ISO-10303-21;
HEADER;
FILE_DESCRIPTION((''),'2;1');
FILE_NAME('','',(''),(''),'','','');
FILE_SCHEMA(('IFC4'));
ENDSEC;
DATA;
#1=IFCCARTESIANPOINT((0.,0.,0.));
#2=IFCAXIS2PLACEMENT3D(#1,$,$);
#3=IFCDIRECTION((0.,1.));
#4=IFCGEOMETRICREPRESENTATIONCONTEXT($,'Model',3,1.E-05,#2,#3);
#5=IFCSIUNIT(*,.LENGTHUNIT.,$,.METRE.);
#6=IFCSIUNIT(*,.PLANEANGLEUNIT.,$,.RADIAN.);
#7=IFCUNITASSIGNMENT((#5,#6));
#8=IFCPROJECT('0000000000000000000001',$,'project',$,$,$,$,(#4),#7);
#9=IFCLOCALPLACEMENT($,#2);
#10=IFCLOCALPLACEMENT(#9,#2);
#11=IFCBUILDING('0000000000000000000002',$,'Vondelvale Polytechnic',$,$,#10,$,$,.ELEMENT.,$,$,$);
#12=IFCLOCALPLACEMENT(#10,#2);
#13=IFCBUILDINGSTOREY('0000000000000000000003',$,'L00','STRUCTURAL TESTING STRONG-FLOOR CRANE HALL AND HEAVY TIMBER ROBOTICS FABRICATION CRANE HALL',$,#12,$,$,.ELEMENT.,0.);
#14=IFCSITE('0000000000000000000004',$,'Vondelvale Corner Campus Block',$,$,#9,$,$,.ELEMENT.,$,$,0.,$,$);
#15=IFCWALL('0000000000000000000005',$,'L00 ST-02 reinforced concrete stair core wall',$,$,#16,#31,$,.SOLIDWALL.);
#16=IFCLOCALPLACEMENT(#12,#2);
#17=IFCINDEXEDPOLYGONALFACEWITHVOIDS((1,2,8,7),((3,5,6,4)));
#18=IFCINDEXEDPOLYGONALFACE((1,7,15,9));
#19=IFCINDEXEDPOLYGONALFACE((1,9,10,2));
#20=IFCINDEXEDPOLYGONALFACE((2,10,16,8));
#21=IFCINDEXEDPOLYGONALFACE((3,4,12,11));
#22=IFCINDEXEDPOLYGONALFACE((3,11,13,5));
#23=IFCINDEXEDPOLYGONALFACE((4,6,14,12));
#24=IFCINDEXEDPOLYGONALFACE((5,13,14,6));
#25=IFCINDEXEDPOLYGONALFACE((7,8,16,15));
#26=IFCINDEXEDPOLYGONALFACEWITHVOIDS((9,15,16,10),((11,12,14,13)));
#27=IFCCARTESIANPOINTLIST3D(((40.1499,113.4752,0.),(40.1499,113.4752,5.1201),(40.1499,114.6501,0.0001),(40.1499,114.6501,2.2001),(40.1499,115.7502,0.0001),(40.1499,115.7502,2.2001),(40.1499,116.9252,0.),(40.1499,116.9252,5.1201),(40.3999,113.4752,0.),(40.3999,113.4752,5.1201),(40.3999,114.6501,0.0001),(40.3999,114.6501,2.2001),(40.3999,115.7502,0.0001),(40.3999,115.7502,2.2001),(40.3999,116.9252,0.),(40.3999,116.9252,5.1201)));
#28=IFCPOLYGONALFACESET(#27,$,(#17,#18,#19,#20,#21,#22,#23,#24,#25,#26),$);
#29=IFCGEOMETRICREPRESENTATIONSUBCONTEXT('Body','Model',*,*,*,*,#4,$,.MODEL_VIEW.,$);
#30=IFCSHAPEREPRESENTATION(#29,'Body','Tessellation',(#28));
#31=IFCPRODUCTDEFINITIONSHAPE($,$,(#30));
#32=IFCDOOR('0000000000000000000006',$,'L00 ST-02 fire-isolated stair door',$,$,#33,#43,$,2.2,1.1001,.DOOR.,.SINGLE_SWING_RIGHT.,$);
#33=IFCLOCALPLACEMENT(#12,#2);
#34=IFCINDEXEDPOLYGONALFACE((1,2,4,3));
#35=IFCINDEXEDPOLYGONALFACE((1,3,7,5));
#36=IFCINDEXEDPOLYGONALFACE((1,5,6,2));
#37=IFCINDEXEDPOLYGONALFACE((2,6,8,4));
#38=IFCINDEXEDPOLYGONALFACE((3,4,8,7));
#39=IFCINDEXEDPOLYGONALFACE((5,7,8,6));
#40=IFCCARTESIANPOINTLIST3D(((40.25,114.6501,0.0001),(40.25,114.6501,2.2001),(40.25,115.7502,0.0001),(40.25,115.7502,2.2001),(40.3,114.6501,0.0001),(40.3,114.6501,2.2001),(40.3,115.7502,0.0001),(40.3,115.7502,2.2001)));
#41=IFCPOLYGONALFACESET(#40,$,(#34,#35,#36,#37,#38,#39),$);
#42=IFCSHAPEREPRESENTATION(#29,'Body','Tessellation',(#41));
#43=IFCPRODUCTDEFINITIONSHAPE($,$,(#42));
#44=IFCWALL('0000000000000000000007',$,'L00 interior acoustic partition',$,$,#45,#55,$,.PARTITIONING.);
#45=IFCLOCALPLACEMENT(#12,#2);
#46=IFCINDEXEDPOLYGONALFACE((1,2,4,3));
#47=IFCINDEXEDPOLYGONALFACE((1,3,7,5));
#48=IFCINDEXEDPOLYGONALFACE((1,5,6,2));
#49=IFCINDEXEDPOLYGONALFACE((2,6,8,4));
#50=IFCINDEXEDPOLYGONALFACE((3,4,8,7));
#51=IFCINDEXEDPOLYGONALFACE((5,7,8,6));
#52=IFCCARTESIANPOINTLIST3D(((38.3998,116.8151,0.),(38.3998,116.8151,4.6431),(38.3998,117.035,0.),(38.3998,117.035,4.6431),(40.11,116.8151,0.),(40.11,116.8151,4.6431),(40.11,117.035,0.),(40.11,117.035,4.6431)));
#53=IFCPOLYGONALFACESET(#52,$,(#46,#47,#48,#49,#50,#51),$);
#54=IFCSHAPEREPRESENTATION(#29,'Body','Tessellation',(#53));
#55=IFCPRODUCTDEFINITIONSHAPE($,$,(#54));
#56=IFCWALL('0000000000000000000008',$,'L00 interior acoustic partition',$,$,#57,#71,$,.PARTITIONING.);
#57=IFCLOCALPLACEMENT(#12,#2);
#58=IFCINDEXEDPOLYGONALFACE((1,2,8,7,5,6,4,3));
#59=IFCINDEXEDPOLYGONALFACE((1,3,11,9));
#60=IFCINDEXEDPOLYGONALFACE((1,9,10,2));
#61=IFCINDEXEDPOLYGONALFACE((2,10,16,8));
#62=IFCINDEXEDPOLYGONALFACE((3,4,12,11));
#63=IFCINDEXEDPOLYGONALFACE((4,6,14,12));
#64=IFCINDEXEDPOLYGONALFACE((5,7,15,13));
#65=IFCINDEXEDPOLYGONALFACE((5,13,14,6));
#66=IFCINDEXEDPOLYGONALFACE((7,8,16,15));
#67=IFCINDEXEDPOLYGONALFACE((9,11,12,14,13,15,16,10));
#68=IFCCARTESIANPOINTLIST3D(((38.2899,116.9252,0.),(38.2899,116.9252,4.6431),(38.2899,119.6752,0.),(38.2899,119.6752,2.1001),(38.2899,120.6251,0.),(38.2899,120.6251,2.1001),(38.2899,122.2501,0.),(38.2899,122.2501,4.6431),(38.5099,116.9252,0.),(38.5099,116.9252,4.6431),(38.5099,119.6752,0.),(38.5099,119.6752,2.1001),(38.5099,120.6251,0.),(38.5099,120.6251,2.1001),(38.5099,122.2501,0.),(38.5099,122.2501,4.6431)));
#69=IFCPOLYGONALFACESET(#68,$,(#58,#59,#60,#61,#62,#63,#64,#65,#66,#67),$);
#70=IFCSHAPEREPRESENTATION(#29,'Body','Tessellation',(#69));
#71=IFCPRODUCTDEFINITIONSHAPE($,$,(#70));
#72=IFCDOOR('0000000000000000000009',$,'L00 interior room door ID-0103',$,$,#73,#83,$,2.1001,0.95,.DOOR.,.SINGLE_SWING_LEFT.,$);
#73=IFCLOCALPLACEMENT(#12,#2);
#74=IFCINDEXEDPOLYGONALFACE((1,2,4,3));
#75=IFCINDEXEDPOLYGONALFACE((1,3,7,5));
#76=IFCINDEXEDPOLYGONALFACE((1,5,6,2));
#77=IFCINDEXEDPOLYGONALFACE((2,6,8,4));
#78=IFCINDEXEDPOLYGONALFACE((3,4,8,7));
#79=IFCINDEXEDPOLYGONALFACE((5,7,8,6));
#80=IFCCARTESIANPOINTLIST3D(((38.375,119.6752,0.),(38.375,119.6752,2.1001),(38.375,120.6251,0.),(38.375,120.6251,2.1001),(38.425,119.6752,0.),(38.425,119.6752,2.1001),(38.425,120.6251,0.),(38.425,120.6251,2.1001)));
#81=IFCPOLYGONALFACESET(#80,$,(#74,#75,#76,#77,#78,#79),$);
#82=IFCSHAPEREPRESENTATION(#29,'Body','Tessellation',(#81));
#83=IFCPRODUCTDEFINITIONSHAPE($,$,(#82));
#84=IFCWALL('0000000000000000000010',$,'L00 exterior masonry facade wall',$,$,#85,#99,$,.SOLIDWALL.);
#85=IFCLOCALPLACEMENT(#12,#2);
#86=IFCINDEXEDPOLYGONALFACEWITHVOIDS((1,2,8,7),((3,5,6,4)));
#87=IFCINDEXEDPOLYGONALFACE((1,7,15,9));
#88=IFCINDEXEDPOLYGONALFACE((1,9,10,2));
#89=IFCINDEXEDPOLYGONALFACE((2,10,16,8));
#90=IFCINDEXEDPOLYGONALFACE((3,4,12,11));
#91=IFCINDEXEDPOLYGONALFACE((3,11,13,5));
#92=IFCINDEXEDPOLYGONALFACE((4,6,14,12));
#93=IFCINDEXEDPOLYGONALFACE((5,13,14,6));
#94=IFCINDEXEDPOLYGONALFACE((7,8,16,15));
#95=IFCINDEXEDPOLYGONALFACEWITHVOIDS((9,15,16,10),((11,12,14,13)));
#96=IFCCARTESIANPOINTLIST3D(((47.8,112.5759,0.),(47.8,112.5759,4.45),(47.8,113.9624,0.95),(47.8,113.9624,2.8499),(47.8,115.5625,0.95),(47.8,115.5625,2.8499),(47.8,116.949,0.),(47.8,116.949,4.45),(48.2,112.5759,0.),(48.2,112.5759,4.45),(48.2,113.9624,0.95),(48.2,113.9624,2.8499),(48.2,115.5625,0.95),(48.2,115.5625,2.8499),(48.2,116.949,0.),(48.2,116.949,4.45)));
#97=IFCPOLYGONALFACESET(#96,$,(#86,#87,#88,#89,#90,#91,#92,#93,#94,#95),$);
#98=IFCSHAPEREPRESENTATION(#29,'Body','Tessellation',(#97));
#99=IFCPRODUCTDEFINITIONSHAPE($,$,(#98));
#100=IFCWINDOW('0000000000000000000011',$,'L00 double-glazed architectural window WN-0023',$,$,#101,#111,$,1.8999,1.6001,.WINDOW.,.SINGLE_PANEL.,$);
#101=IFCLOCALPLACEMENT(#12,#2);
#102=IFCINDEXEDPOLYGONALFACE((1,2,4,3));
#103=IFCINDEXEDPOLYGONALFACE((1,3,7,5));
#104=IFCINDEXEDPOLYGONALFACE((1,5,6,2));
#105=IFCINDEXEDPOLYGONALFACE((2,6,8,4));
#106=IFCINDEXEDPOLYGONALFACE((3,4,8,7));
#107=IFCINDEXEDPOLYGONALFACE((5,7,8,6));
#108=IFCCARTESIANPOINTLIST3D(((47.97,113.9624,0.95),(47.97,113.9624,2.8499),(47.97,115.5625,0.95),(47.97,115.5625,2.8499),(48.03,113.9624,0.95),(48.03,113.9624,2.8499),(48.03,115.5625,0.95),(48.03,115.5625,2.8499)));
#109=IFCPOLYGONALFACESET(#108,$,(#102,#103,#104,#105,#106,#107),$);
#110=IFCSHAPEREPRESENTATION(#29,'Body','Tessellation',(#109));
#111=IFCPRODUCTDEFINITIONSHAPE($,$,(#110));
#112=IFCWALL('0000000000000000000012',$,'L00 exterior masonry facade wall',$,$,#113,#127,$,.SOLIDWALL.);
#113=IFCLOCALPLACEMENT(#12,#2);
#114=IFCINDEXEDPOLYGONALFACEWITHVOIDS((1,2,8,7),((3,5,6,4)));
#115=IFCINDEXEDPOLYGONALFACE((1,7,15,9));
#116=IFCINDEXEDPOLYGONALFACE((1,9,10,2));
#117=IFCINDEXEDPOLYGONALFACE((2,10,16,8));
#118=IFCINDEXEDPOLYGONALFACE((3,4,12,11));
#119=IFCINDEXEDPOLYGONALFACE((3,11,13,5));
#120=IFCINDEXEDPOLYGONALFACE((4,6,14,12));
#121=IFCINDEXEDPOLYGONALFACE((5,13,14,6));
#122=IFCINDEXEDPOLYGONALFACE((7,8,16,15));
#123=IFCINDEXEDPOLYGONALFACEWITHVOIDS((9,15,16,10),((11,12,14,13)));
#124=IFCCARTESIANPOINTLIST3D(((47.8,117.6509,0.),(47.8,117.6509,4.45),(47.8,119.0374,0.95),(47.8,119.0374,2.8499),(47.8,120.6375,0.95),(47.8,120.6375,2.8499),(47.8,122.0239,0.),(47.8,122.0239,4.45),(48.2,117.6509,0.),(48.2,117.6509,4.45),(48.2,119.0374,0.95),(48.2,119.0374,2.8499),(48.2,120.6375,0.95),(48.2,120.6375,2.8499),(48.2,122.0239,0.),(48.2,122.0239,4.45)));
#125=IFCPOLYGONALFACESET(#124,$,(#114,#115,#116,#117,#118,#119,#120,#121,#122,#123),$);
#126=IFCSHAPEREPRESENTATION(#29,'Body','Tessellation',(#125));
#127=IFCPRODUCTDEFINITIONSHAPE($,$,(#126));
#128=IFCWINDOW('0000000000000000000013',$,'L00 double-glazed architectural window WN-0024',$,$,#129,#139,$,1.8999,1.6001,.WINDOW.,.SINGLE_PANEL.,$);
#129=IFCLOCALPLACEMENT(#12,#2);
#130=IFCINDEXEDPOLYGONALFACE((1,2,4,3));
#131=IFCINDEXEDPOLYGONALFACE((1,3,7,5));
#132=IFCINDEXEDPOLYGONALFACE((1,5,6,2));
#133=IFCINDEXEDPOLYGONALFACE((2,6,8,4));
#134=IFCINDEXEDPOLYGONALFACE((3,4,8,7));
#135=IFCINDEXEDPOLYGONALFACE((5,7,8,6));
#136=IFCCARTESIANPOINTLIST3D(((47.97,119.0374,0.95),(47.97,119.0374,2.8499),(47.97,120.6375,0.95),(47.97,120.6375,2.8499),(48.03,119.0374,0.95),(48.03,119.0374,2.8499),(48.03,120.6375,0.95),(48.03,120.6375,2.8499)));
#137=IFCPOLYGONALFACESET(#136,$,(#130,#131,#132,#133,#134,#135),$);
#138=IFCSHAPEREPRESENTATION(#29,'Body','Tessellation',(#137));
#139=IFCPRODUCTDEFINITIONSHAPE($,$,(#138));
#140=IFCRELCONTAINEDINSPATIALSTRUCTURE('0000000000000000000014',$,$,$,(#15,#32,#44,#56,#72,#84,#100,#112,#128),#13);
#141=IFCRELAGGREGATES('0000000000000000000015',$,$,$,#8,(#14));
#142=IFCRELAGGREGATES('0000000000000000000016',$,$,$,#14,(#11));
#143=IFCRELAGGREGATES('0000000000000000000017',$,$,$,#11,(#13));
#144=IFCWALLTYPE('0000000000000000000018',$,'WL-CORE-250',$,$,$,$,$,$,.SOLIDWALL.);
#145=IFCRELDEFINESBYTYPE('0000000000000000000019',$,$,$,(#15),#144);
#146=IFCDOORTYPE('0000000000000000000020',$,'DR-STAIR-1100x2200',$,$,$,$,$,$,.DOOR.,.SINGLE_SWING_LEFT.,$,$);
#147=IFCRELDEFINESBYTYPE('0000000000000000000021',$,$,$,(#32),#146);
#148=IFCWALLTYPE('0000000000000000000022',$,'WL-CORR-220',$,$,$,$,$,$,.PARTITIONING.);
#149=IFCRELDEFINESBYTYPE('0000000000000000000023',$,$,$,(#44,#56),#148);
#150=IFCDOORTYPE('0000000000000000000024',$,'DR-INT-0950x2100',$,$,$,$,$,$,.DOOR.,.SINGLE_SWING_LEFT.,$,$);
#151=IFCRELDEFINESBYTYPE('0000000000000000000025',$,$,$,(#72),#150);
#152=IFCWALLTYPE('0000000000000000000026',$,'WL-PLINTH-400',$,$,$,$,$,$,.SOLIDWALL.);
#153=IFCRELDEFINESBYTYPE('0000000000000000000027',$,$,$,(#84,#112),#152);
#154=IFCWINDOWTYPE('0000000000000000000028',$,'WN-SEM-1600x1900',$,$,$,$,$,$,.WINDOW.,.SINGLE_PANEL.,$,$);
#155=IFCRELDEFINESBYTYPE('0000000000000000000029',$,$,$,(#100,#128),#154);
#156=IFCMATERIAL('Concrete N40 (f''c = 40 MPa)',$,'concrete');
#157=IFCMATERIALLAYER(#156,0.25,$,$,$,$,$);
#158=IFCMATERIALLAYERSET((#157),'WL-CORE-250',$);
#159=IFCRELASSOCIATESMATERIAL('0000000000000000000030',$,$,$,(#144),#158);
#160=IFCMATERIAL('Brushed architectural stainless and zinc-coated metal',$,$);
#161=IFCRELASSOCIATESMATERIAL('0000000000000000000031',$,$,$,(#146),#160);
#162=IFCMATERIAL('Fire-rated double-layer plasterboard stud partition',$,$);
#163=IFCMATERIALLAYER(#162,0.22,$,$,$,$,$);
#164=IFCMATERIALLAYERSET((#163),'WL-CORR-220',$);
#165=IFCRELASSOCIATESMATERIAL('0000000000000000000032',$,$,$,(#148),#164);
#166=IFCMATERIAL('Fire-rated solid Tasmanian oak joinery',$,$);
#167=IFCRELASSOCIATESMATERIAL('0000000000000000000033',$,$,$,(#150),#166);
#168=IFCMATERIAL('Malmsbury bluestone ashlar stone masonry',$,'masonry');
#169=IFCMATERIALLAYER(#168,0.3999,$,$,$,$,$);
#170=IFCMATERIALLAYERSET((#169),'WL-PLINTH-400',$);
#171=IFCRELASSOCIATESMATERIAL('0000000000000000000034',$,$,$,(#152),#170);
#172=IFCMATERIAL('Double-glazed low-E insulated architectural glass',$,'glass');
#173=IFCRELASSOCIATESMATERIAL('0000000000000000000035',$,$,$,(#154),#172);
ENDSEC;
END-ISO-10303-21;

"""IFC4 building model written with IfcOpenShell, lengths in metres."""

from ifc_helpers import new_model, si_unit, direction, frame, frame_2d, origin, place, context, subcontext, project, spatial, rectangle, extrude, material, layer, layer_set, type_object, element, fill, save


model = new_model("IFC4")

# Units and contexts
model_context = context("Model", 3, precision=1e-05, world=origin(), true_north=direction((0.0, 1.0)))
body_context = subcontext(model_context, "Body", "Model", "MODEL_VIEW")
ifc_project = project(units=[si_unit("LENGTHUNIT", "METRE"), si_unit("PLANEANGLEUNIT", "RADIAN")], contexts=[model_context])

# Site, building, storey
site_placement = place(None, origin())
site = spatial("IfcSite", under=ifc_project, at=site_placement, Name="Vondelvale Corner Campus Block", CompositionType="ELEMENT", RefElevation=0.0)
building_placement = place(site_placement, origin())
building = spatial("IfcBuilding", under=site, at=building_placement, Name="Vondelvale Polytechnic", CompositionType="ELEMENT")
storey_placement = place(building_placement, origin())
storey = spatial("IfcBuildingStorey", under=building, at=storey_placement, Name="L00", Description="STRUCTURAL TESTING STRONG-FLOOR CRANE HALL AND HEAVY TIMBER ROBOTICS FABRICATION CRANE HALL", CompositionType="ELEMENT", Elevation=0.0)

# Shared definitions
ifc_material_1 = material(Name="Concrete N40 (f'c = 40 MPa)", Category="concrete")

# Shared definitions
ifc_layer_1 = layer(ifc_material_1, 0.25)
ifc_layer_set_1 = layer_set([ifc_layer_1], Name="WL-CORE-250")
wall_type_1 = type_object("IfcWallType", Name="WL-CORE-250", PredefinedType="SOLIDWALL", material=ifc_layer_set_1)

# Wall, opening, door
wall_1_placement = place(storey_placement, frame((40.2749, 113.4751, 0.0), z_axis=(0.0, 0.0, 1.0), x_axis=(0.0, 1.0, 0.0)))
wall_1 = element("IfcWall", 1, at=wall_1_placement, inside=storey, type_object=wall_type_1, Name="L00 ST-02 reinforced concrete stair core wall", PredefinedType="SOLIDWALL", context=body_context, shape_type="SweptSolid", body=[
    extrude(rectangle(XDim=3.45, YDim=0.25, at=frame_2d((1.7251, 0.0))), origin(), (0.0, 0.0, 1.0), 5.1201),
])
opening_1_placement = place(wall_1_placement, frame((1.175, 0.0, 0.0)))
opening_1 = element("IfcOpeningElement", 2, at=opening_1_placement, cuts=wall_1, PredefinedType="OPENING", context=body_context, shape_type="SweptSolid", body=[
    extrude(rectangle(XDim=1.1001, YDim=2.2, at=frame_2d((0.55, 1.1001))), frame((0.0, 0.135, 0.0), z_axis=(0.0, -1.0, 0.0), x_axis=(1.0, 0.0, 0.0)), (0.0, 0.0, 1.0), 0.27),
])
ifc_material_2 = material(Name="Brushed architectural stainless and zinc-coated metal")
door_type_1 = type_object("IfcDoorType", Name="DR-STAIR-1100x2200", OperationType="SINGLE_SWING_LEFT", PredefinedType="DOOR", material=ifc_material_2)
door_1_placement = place(opening_1_placement, origin())
door_1 = element("IfcDoor", 3, at=door_1_placement, inside=storey, type_object=door_type_1, Name="L00 ST-02 fire-isolated stair door", OperationType="SINGLE_SWING_RIGHT", OverallHeight=2.2, OverallWidth=1.1001, PredefinedType="DOOR", context=body_context, shape_type="SweptSolid", body=[
    extrude(rectangle(XDim=1.1001, YDim=2.2, at=frame_2d((0.55, 1.1001))), frame((0.0, 0.0249, 0.0), z_axis=(0.0, -1.0, 0.0), x_axis=(1.0, 0.0, 0.0)), (0.0, 0.0, 1.0), 0.05),
])
fill(opening_1, door_1)

# Wall
ifc_material_3 = material(Name="Fire-rated double-layer plasterboard stud partition")
ifc_layer_2 = layer(ifc_material_3, 0.22)
ifc_layer_set_2 = layer_set([ifc_layer_2], Name="WL-CORR-220")
wall_type_2 = type_object("IfcWallType", Name="WL-CORR-220", PredefinedType="PARTITIONING", material=ifc_layer_set_2)
wall_2_placement = place(storey_placement, frame((38.3999, 116.925, 0.0), z_axis=(0.0, 0.0, 1.0), x_axis=(1.0, 0.0, 0.0)))
element("IfcWall", 4, at=wall_2_placement, inside=storey, type_object=wall_type_2, Name="L00 interior acoustic partition", PredefinedType="PARTITIONING", context=body_context, shape_type="SweptSolid", body=[
    extrude(rectangle(XDim=1.7102, YDim=0.22, at=frame_2d((0.855, 0.0))), origin(), (0.0, 0.0, 1.0), 4.6431),
])

# Wall, opening, door
wall_3_placement = place(storey_placement, frame((38.3999, 116.925, 0.0), z_axis=(0.0, 0.0, 1.0), x_axis=(0.0, 1.0, 0.0)))
wall_3 = element("IfcWall", 5, at=wall_3_placement, inside=storey, type_object=wall_type_2, Name="L00 interior acoustic partition", PredefinedType="PARTITIONING", context=body_context, shape_type="SweptSolid", body=[
    extrude(rectangle(XDim=5.325, YDim=0.22, at=frame_2d((2.6626, 0.0))), origin(), (0.0, 0.0, 1.0), 4.6431),
])
opening_2_placement = place(wall_3_placement, frame((2.75, 0.0, 0.0)))
opening_2 = element("IfcOpeningElement", 6, at=opening_2_placement, cuts=wall_3, PredefinedType="OPENING", context=body_context, shape_type="SweptSolid", body=[
    extrude(rectangle(XDim=0.95, YDim=2.1001, at=frame_2d((0.4751, 1.05))), frame((0.0, 0.1199, 0.0), z_axis=(0.0, -1.0, 0.0), x_axis=(1.0, 0.0, 0.0)), (0.0, 0.0, 1.0), 0.24),
])
ifc_material_4 = material(Name="Fire-rated solid Tasmanian oak joinery")
door_type_2 = type_object("IfcDoorType", Name="DR-INT-0950x2100", OperationType="SINGLE_SWING_LEFT", PredefinedType="DOOR", material=ifc_material_4)
door_2_placement = place(opening_2_placement, origin())
door_2 = element("IfcDoor", 7, at=door_2_placement, inside=storey, type_object=door_type_2, Name="L00 interior room door ID-0103", OperationType="SINGLE_SWING_LEFT", OverallHeight=2.1001, OverallWidth=0.95, PredefinedType="DOOR", context=body_context, shape_type="SweptSolid", body=[
    extrude(rectangle(XDim=0.95, YDim=2.1001, at=frame_2d((0.4751, 1.05))), frame((0.0, 0.0249, 0.0), z_axis=(0.0, -1.0, 0.0), x_axis=(1.0, 0.0, 0.0)), (0.0, 0.0, 1.0), 0.05),
])
fill(opening_2, door_2)

# Walls, openings, windows
ifc_material_5 = material(Name="Malmsbury bluestone ashlar stone masonry", Category="masonry")
ifc_layer_3 = layer(ifc_material_5, 0.3999)
ifc_layer_set_3 = layer_set([ifc_layer_3], Name="WL-PLINTH-400")
wall_type_3 = type_object("IfcWallType", Name="WL-PLINTH-400", PredefinedType="SOLIDWALL", material=ifc_layer_set_3)
wall_4_placement = place(storey_placement, frame((48.0, 116.949, 0.0), z_axis=(0.0, 0.0, 1.0), x_axis=(0.0, -1.0, 0.0)))
wall_4 = element("IfcWall", 8, at=wall_4_placement, inside=storey, type_object=wall_type_3, Name="L00 exterior masonry facade wall", PredefinedType="SOLIDWALL", context=body_context, shape_type="SweptSolid", body=[
    extrude(rectangle(XDim=4.373, YDim=0.3999, at=frame_2d((2.1865, 0.0))), origin(), (0.0, 0.0, 1.0), 4.45),
])
opening_3_placement = place(wall_4_placement, frame((1.3865, 0.0, 0.95)))
opening_3 = element("IfcOpeningElement", 9, at=opening_3_placement, cuts=wall_4, PredefinedType="OPENING", context=body_context, shape_type="SweptSolid", body=[
    extrude(rectangle(XDim=1.6001, YDim=1.8999, at=frame_2d((0.8, 0.95))), frame((0.0, 0.21, 0.0), z_axis=(0.0, -1.0, 0.0), x_axis=(1.0, 0.0, 0.0)), (0.0, 0.0, 1.0), 0.4199),
])
ifc_material_6 = material(Name="Double-glazed low-E insulated architectural glass", Category="glass")
window_type_1 = type_object("IfcWindowType", Name="WN-SEM-1600x1900", PartitioningType="SINGLE_PANEL", PredefinedType="WINDOW", material=ifc_material_6)
window_1_placement = place(opening_3_placement, origin())
window_1 = element("IfcWindow", 10, at=window_1_placement, inside=storey, type_object=window_type_1, Name="L00 double-glazed architectural window WN-0023", OverallHeight=1.8999, OverallWidth=1.6001, PartitioningType="SINGLE_PANEL", PredefinedType="WINDOW", context=body_context, shape_type="SweptSolid", body=[
    extrude(rectangle(XDim=1.6001, YDim=1.8999, at=frame_2d((0.8, 0.95))), frame((0.0, 0.03, 0.0), z_axis=(0.0, -1.0, 0.0), x_axis=(1.0, 0.0, 0.0)), (0.0, 0.0, 1.0), 0.0601),
])
fill(opening_3, window_1)
wall_5_placement = place(storey_placement, frame((48.0, 122.0239, 0.0), z_axis=(0.0, 0.0, 1.0), x_axis=(0.0, -1.0, 0.0)))
wall_5 = element("IfcWall", 11, at=wall_5_placement, inside=storey, type_object=wall_type_3, Name="L00 exterior masonry facade wall", PredefinedType="SOLIDWALL", context=body_context, shape_type="SweptSolid", body=[
    extrude(rectangle(XDim=4.373, YDim=0.3999, at=frame_2d((2.1865, 0.0))), origin(), (0.0, 0.0, 1.0), 4.45),
])
opening_4_placement = place(wall_5_placement, frame((1.3865, 0.0, 0.95)))
opening_4 = element("IfcOpeningElement", 12, at=opening_4_placement, cuts=wall_5, PredefinedType="OPENING", context=body_context, shape_type="SweptSolid", body=[
    extrude(rectangle(XDim=1.6001, YDim=1.8999, at=frame_2d((0.8, 0.95))), frame((0.0, 0.21, 0.0), z_axis=(0.0, -1.0, 0.0), x_axis=(1.0, 0.0, 0.0)), (0.0, 0.0, 1.0), 0.4199),
])
window_2_placement = place(opening_4_placement, origin())
window_2 = element("IfcWindow", 13, at=window_2_placement, inside=storey, type_object=window_type_1, Name="L00 double-glazed architectural window WN-0024", OverallHeight=1.8999, OverallWidth=1.6001, PartitioningType="SINGLE_PANEL", PredefinedType="WINDOW", context=body_context, shape_type="SweptSolid", body=[
    extrude(rectangle(XDim=1.6001, YDim=1.8999, at=frame_2d((0.8, 0.95))), frame((0.0, 0.03, 0.0), z_axis=(0.0, -1.0, 0.0), x_axis=(1.0, 0.0, 0.0)), (0.0, 0.0, 1.0), 0.0601),
])
fill(opening_4, window_2)

save(model, "model.ifc")
